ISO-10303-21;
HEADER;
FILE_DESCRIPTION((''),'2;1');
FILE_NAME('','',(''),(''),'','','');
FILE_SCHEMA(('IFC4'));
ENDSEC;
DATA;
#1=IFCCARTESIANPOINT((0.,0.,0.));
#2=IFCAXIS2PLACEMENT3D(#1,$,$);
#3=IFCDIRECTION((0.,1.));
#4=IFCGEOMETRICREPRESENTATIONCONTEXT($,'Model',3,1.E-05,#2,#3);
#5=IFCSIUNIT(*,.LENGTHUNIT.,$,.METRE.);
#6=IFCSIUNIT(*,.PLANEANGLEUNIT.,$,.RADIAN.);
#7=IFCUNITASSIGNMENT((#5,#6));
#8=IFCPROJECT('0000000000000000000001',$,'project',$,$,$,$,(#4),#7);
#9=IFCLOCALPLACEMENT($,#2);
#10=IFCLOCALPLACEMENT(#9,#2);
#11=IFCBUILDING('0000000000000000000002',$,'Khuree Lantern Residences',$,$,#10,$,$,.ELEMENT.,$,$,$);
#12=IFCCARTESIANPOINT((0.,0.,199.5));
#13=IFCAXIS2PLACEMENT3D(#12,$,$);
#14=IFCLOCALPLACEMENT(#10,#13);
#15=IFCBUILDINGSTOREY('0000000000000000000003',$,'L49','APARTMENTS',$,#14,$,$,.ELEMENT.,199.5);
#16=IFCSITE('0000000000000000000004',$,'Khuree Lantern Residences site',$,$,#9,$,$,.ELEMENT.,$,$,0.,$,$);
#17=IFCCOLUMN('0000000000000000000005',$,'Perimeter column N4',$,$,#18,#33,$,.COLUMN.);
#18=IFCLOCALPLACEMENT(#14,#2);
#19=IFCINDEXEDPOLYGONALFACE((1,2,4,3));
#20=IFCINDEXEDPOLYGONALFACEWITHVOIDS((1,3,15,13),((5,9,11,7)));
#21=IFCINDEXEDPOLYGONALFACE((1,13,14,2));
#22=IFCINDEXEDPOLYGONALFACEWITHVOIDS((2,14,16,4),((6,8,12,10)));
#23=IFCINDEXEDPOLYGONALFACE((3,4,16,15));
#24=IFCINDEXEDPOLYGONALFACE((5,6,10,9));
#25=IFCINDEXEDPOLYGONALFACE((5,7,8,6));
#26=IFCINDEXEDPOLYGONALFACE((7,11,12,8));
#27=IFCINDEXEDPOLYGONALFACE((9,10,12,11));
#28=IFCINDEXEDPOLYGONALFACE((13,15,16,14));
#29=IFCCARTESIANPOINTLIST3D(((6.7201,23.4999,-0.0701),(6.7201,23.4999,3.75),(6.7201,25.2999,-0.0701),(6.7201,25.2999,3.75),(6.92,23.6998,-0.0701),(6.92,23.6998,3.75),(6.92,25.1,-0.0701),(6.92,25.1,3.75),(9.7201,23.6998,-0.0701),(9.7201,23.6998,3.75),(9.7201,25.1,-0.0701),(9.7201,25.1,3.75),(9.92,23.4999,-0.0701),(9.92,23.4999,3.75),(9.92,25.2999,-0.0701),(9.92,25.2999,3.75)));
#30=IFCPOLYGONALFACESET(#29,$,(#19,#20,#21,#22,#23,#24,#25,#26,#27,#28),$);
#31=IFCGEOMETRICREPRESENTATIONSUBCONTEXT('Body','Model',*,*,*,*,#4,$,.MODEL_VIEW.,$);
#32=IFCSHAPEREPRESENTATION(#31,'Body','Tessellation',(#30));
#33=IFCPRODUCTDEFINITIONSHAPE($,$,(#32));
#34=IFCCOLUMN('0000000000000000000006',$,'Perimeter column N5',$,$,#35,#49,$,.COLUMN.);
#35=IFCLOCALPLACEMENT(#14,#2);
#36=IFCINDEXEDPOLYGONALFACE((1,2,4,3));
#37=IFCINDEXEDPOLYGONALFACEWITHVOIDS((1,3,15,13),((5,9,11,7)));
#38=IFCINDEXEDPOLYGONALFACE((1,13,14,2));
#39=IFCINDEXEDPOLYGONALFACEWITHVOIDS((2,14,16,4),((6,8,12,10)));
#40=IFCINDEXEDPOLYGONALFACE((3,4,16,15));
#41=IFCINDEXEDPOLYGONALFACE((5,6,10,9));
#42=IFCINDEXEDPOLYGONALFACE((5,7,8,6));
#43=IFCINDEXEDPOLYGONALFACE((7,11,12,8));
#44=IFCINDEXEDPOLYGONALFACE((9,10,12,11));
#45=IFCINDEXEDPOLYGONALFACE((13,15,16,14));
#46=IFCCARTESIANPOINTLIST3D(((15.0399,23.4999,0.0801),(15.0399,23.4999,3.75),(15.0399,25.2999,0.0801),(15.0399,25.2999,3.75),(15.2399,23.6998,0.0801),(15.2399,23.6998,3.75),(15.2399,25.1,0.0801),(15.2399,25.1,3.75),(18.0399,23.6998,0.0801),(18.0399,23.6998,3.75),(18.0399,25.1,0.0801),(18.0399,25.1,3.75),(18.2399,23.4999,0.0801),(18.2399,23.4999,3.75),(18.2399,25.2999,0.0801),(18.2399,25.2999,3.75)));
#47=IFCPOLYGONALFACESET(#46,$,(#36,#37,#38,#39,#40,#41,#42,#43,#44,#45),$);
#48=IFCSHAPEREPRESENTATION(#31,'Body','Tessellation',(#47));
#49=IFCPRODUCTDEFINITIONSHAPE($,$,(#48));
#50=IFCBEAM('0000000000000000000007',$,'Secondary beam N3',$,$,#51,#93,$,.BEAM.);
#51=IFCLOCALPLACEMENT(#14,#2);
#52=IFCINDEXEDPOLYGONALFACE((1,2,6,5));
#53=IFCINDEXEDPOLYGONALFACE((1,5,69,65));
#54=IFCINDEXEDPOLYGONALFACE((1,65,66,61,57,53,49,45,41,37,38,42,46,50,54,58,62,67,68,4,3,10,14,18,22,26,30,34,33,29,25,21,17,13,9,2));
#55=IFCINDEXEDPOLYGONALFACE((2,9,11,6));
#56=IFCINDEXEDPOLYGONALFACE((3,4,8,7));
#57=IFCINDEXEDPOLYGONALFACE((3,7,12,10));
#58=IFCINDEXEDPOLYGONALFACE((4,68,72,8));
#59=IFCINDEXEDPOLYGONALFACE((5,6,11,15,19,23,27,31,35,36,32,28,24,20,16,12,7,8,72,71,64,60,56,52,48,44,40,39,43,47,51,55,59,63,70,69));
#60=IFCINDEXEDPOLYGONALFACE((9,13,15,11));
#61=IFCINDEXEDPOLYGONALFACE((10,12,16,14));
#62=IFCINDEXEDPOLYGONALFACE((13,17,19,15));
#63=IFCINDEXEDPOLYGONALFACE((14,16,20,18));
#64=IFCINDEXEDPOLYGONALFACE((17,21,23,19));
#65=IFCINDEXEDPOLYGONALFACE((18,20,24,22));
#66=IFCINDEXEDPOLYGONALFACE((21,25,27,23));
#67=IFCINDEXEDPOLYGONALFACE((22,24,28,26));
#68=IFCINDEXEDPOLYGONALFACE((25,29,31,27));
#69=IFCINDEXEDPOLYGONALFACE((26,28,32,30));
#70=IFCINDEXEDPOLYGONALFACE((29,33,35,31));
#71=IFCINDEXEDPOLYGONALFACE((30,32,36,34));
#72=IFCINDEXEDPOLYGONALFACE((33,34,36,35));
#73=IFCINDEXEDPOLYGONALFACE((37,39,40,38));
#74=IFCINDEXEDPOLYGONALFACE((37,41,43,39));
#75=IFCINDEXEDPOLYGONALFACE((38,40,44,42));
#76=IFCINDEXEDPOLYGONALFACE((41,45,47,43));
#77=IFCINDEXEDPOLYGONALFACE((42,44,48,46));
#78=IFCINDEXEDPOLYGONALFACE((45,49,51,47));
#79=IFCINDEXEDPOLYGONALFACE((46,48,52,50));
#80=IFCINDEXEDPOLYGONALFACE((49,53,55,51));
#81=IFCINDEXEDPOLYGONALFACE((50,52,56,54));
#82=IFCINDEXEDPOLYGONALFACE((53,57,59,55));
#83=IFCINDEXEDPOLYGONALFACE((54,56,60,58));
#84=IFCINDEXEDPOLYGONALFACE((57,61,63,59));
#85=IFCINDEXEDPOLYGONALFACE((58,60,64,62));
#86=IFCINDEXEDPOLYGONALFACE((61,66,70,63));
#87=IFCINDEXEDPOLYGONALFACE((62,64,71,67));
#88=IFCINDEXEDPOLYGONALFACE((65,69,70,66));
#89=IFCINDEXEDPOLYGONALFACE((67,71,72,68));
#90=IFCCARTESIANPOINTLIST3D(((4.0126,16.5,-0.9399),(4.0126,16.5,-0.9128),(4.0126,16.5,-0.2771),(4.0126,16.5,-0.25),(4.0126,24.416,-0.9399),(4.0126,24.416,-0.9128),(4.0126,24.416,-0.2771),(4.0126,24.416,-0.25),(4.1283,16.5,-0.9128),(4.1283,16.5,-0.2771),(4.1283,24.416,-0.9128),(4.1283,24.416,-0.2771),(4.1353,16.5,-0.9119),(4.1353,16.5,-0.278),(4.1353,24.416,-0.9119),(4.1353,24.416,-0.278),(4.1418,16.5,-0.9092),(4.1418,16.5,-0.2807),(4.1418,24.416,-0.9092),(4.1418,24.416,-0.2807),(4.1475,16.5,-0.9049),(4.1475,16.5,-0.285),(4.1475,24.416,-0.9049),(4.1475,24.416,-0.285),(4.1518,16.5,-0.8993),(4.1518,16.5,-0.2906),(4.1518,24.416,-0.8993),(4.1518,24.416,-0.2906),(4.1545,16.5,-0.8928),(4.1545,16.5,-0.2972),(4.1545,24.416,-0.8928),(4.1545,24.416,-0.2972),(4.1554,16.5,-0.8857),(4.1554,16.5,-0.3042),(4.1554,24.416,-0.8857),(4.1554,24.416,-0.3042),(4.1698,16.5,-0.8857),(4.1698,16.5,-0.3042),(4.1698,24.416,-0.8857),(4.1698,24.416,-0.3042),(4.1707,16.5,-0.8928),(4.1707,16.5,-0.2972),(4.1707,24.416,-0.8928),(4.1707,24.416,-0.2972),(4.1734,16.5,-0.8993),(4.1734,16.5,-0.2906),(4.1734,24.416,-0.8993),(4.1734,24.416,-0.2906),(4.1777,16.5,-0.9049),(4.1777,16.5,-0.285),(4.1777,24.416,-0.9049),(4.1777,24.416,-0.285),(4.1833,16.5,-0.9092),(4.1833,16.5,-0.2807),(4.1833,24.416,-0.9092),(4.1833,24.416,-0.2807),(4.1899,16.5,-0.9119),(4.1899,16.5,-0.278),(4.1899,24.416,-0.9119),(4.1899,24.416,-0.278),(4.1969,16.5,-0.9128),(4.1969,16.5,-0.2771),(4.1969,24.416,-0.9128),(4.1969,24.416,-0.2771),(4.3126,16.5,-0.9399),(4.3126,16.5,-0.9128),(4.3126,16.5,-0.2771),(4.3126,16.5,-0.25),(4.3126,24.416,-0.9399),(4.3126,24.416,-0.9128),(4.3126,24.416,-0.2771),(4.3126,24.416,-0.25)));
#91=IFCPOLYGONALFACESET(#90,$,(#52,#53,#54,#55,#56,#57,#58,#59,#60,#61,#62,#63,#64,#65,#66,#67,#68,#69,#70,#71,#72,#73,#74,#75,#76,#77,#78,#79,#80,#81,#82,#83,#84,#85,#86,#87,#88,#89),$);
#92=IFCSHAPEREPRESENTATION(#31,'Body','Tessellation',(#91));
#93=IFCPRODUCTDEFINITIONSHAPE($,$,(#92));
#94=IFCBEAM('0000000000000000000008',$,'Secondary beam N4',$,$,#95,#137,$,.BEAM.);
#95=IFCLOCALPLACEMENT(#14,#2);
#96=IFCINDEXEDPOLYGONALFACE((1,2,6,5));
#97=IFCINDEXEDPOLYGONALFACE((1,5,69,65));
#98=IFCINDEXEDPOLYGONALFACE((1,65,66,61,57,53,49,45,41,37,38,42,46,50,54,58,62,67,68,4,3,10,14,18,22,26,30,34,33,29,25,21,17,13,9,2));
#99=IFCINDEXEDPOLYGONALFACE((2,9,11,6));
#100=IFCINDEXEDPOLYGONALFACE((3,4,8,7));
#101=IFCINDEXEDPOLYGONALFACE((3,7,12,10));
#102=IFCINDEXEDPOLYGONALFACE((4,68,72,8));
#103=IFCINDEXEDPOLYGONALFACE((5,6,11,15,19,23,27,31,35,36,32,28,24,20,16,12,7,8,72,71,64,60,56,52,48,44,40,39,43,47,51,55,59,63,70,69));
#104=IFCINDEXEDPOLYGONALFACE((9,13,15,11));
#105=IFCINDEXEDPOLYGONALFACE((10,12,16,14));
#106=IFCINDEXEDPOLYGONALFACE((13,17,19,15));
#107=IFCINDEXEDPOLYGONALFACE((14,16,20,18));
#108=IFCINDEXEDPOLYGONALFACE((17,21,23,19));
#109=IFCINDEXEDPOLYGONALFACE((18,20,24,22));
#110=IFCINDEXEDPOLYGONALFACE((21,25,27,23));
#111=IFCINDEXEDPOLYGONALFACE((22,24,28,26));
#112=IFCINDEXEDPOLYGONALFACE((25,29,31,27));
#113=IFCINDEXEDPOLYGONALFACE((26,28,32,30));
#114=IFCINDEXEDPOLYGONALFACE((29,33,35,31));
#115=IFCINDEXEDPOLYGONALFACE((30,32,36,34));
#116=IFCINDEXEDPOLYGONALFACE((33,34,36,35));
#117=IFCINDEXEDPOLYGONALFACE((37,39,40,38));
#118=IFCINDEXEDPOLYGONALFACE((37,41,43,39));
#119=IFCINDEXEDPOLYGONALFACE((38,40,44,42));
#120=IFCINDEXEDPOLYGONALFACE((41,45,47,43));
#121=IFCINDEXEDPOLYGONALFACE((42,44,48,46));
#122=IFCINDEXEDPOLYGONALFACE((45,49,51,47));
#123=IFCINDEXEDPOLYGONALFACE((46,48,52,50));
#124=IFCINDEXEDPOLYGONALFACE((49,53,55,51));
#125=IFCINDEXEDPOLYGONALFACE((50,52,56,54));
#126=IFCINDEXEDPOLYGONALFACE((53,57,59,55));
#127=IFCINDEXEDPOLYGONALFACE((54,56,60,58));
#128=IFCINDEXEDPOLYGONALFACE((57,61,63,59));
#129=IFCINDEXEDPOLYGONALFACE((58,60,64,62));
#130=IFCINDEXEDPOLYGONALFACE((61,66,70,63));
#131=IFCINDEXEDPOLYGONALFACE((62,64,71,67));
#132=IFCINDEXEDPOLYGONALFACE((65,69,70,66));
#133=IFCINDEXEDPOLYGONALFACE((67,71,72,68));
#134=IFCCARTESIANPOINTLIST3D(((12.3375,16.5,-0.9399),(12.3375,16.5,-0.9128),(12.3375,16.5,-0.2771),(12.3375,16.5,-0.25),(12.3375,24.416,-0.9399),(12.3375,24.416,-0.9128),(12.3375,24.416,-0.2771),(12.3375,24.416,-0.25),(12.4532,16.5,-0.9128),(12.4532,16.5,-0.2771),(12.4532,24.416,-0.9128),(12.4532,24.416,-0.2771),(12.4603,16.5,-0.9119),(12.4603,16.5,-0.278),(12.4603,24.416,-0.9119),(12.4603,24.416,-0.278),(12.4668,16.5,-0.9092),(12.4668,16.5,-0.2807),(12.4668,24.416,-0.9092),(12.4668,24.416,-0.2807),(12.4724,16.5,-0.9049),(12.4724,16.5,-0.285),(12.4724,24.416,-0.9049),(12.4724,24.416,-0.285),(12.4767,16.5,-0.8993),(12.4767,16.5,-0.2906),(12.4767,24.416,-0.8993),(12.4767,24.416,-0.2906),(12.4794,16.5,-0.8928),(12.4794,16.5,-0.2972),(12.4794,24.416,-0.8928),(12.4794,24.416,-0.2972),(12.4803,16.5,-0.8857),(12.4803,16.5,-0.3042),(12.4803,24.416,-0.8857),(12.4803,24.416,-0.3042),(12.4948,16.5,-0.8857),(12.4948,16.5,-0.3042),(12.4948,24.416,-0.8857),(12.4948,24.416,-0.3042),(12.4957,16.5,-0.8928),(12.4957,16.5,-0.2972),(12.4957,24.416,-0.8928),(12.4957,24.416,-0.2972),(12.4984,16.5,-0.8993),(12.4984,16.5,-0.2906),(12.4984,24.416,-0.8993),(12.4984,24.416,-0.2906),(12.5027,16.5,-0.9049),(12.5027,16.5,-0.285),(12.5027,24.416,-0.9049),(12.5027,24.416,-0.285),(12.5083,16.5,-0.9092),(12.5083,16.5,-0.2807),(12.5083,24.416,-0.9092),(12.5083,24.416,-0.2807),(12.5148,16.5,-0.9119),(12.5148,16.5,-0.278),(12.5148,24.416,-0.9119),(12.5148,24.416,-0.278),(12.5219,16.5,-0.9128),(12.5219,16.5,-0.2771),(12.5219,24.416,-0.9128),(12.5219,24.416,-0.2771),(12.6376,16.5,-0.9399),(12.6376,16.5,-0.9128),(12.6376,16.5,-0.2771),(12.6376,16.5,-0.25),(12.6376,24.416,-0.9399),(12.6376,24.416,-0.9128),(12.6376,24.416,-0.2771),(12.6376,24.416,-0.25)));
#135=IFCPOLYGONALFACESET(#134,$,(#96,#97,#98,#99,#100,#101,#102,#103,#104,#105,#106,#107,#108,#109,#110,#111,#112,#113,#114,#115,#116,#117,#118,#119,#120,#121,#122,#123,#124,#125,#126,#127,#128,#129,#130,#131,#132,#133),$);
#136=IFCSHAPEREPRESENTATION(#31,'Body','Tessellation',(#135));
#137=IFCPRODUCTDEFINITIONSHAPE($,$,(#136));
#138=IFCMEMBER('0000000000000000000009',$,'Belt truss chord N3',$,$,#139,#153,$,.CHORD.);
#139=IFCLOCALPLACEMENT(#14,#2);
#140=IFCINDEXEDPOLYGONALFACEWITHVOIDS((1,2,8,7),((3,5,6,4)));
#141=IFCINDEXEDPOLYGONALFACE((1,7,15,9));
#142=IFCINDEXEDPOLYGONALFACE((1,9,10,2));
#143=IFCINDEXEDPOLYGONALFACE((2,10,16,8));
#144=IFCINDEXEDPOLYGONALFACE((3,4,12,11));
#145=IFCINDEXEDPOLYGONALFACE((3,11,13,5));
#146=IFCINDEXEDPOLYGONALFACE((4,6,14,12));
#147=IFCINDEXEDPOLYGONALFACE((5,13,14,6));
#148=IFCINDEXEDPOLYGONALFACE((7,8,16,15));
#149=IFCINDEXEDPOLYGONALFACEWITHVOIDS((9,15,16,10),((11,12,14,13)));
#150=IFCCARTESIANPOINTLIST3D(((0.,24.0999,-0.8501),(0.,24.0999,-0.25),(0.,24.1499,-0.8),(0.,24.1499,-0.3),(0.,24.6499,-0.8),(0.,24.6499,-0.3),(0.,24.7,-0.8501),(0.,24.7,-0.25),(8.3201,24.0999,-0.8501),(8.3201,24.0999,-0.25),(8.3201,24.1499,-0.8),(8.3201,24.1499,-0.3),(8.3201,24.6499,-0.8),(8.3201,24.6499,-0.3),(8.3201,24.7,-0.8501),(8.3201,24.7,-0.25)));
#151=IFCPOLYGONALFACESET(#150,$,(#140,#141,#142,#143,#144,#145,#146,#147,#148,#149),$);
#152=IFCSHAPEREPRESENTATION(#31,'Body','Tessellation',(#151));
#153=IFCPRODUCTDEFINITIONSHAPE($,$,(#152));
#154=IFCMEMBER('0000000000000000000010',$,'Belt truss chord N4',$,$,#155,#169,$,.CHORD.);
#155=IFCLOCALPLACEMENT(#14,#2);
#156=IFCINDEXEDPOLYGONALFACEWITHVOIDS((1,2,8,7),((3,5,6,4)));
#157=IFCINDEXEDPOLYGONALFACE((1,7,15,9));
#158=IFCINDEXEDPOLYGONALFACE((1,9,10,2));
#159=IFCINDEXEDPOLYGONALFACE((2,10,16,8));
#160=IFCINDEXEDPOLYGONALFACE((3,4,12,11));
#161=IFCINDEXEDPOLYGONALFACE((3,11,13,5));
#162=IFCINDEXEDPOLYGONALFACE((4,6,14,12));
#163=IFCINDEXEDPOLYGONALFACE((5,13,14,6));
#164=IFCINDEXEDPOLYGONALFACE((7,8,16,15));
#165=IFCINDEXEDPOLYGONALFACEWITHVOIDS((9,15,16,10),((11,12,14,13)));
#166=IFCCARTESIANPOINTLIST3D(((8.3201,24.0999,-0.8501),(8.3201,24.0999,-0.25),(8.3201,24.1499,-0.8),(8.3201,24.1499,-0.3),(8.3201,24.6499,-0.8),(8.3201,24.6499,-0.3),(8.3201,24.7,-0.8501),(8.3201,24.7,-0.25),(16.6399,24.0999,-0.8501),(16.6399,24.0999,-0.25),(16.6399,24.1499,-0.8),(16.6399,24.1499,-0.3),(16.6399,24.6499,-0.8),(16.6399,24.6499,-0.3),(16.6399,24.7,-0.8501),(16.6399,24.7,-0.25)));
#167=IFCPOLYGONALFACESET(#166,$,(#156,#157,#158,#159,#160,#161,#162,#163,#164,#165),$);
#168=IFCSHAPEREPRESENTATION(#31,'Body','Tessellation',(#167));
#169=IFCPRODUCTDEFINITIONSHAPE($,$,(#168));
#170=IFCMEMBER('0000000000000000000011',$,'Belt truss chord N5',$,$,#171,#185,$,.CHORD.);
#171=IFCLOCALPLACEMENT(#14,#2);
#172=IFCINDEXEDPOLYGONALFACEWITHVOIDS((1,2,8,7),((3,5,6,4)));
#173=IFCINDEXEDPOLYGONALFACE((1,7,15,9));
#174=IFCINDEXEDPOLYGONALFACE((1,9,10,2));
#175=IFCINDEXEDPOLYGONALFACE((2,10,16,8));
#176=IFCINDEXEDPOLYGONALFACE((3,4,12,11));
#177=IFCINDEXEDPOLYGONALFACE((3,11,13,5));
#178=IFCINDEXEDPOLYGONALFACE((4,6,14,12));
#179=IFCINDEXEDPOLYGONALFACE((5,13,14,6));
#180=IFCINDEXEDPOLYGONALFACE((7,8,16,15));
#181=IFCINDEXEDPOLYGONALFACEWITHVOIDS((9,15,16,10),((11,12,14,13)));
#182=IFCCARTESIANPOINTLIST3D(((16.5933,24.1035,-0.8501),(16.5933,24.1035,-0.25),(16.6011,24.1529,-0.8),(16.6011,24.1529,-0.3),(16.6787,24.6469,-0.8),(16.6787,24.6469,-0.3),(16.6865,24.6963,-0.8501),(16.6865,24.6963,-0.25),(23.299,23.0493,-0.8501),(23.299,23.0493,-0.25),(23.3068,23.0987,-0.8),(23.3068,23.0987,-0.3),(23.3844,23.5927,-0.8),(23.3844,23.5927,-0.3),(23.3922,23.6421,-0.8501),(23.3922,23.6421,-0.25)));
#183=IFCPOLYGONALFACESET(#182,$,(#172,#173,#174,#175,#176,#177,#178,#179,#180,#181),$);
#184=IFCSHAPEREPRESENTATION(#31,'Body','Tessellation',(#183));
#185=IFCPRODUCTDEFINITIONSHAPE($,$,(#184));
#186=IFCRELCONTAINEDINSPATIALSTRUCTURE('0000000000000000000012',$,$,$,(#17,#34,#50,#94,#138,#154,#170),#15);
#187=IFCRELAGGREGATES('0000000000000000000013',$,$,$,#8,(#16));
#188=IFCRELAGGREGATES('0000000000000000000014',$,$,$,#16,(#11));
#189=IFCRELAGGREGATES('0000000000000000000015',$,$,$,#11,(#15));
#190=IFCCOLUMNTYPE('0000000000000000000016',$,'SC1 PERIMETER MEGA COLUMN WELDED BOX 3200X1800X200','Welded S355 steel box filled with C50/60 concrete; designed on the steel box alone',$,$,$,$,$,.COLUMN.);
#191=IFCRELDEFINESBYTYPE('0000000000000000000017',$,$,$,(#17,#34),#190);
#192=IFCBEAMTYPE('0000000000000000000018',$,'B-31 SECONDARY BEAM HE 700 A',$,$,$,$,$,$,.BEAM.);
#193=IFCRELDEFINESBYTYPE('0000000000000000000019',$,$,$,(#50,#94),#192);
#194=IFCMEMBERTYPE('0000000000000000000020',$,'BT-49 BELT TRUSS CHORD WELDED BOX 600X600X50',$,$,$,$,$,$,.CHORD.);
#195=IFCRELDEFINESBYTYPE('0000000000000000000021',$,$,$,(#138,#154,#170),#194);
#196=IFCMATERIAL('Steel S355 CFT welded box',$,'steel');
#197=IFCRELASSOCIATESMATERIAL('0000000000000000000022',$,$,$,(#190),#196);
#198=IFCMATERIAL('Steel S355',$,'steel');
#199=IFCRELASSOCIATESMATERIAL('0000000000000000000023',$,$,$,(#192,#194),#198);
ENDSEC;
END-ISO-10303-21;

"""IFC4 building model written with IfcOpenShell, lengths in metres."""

from ifc_helpers import new_model, si_unit, direction, frame, origin, origin_2d, place, context, subcontext, project, spatial, hollow_rectangle, i_section, extrude, material, material_profile, profile_set, type_object, element, save


model = new_model("IFC4")

# Units and contexts
model_context = context("Model", 3, precision=1e-05, world=origin(), true_north=direction((0.0, 1.0)))
body_context = subcontext(model_context, "Body", "Model", "MODEL_VIEW")
ifc_project = project(units=[si_unit("LENGTHUNIT", "METRE"), si_unit("PLANEANGLEUNIT", "RADIAN")], contexts=[model_context])

# Site, building, storey
site_placement = place(None, origin())
site = spatial("IfcSite", under=ifc_project, at=site_placement, Name="Khuree Lantern Residences site", CompositionType="ELEMENT", RefElevation=0.0)
building_placement = place(site_placement, origin())
building = spatial("IfcBuilding", under=site, at=building_placement, Name="Khuree Lantern Residences", CompositionType="ELEMENT")
storey_placement = place(building_placement, frame((0.0, 0.0, 199.5)))
storey = spatial("IfcBuildingStorey", under=building, at=storey_placement, Name="L49", Description="APARTMENTS", CompositionType="ELEMENT", Elevation=199.5)

# Columns
ifc_material_1 = material(Name="Steel S355 CFT welded box", Category="steel")
ifc_material_profile_1 = material_profile(ifc_material_1, hollow_rectangle(XDim=3.2, YDim=1.8, WallThickness=0.2, at=origin_2d()), Name="WELDED BOX 3200X1800X200")
ifc_profile_set_1 = profile_set([ifc_material_profile_1], Name="Steel S355 CFT welded box")
column_type = type_object("IfcColumnType", Name="SC1 PERIMETER MEGA COLUMN WELDED BOX 3200X1800X200", Description="Welded S355 steel box filled with C50/60 concrete; designed on the steel box alone", PredefinedType="COLUMN", material=ifc_profile_set_1)
column_1_placement = place(storey_placement, frame((8.3201, 24.3999, -0.0701), z_axis=(0.0, 0.0, 1.0), x_axis=(1.0, 0.0, 0.0)))
element("IfcColumn", 1, at=column_1_placement, inside=storey, type_object=column_type, Name="Perimeter column N4", PredefinedType="COLUMN", context=body_context, shape_type="SweptSolid", body=[
    extrude(hollow_rectangle(XDim=3.2, YDim=1.8, WallThickness=0.2, at=origin_2d()), origin(), (0.0, 0.0, 1.0), 3.8201),
])
column_2_placement = place(storey_placement, frame((16.6399, 24.3999, 0.0801), z_axis=(0.0, 0.0, 1.0), x_axis=(1.0, 0.0, 0.0)))
element("IfcColumn", 2, at=column_2_placement, inside=storey, type_object=column_type, Name="Perimeter column N5", PredefinedType="COLUMN", context=body_context, shape_type="SweptSolid", body=[
    extrude(hollow_rectangle(XDim=3.2, YDim=1.8, WallThickness=0.2, at=origin_2d()), origin(), (0.0, 0.0, 1.0), 3.6699),
])

# Beams
ifc_material_2 = material(Name="Steel S355", Category="steel")
ifc_material_profile_2 = material_profile(ifc_material_2, i_section(OverallWidth=0.3, OverallDepth=0.6899, WebThickness=0.0144, FlangeThickness=0.0271, FilletRadius=0.0271, at=origin_2d()), Name="HE 700 A")
ifc_profile_set_2 = profile_set([ifc_material_profile_2], Name="Steel S355")
beam_type_1 = type_object("IfcBeamType", Name="B-31 SECONDARY BEAM HE 700 A", PredefinedType="BEAM", material=ifc_profile_set_2)
for number, where, z_axis, x_axis, name in (
    (3, (4.1626, 24.416, -0.595), (0.0, -1.0, 0.0), (1.0, 0.0, 0.0), "Secondary beam N3"),
    (4, (12.4875, 24.416, -0.595), (0.0, -1.0, 0.0), (1.0, 0.0, 0.0), "Secondary beam N4"),
):
    element("IfcBeam", number, at=place(storey_placement, frame(where, z_axis=z_axis, x_axis=x_axis)), inside=storey, type_object=beam_type_1, Name=name, PredefinedType="BEAM", context=body_context, shape_type="SweptSolid", body=[
        extrude(i_section(OverallWidth=0.3, OverallDepth=0.6899, WebThickness=0.0144, FlangeThickness=0.0271, FilletRadius=0.0271, at=origin_2d()), origin(), (0.0, 0.0, 1.0), 7.916),
    ])

# Members
ifc_material_profile_3 = material_profile(ifc_material_2, hollow_rectangle(XDim=0.6001, YDim=0.6001, WallThickness=0.05, at=origin_2d()), Name="WELDED BOX 600X600X50")
ifc_profile_set_3 = profile_set([ifc_material_profile_3], Name="Steel S355")
member_type_1 = type_object("IfcMemberType", Name="BT-49 BELT TRUSS CHORD WELDED BOX 600X600X50", PredefinedType="CHORD", material=ifc_profile_set_3)
member_1_placement = place(storey_placement, frame((0.0, 24.3999, -0.55), z_axis=(1.0, 0.0, 0.0), x_axis=(0.0, 1.0, 0.0)))
element("IfcMember", 5, at=member_1_placement, inside=storey, type_object=member_type_1, Name="Belt truss chord N3", PredefinedType="CHORD", context=body_context, shape_type="SweptSolid", body=[
    extrude(hollow_rectangle(XDim=0.6001, YDim=0.6001, WallThickness=0.05, at=origin_2d()), origin(), (0.0, 0.0, 1.0), 8.3201),
])
member_2_placement = place(storey_placement, frame((8.3201, 24.3999, -0.55), z_axis=(1.0, 0.0, 0.0), x_axis=(0.0, 1.0, 0.0)))
element("IfcMember", 6, at=member_2_placement, inside=storey, type_object=member_type_1, Name="Belt truss chord N4", PredefinedType="CHORD", context=body_context, shape_type="SweptSolid", body=[
    extrude(hollow_rectangle(XDim=0.6001, YDim=0.6001, WallThickness=0.05, at=origin_2d()), origin(), (0.0, 0.0, 1.0), 8.3198),
])
member_3_placement = place(storey_placement, frame((16.6399, 24.3999, -0.55), z_axis=(0.987867, -0.1553, 0.0), x_axis=(0.1553, 0.987867, 0.0)))
element("IfcMember", 7, at=member_3_placement, inside=storey, type_object=member_type_1, Name="Belt truss chord N5", PredefinedType="CHORD", context=body_context, shape_type="SweptSolid", body=[
    extrude(hollow_rectangle(XDim=0.6001, YDim=0.6001, WallThickness=0.05, at=origin_2d()), origin(), (0.0, 0.0, 1.0), 6.7881),
])

save(model, "model.ifc")
